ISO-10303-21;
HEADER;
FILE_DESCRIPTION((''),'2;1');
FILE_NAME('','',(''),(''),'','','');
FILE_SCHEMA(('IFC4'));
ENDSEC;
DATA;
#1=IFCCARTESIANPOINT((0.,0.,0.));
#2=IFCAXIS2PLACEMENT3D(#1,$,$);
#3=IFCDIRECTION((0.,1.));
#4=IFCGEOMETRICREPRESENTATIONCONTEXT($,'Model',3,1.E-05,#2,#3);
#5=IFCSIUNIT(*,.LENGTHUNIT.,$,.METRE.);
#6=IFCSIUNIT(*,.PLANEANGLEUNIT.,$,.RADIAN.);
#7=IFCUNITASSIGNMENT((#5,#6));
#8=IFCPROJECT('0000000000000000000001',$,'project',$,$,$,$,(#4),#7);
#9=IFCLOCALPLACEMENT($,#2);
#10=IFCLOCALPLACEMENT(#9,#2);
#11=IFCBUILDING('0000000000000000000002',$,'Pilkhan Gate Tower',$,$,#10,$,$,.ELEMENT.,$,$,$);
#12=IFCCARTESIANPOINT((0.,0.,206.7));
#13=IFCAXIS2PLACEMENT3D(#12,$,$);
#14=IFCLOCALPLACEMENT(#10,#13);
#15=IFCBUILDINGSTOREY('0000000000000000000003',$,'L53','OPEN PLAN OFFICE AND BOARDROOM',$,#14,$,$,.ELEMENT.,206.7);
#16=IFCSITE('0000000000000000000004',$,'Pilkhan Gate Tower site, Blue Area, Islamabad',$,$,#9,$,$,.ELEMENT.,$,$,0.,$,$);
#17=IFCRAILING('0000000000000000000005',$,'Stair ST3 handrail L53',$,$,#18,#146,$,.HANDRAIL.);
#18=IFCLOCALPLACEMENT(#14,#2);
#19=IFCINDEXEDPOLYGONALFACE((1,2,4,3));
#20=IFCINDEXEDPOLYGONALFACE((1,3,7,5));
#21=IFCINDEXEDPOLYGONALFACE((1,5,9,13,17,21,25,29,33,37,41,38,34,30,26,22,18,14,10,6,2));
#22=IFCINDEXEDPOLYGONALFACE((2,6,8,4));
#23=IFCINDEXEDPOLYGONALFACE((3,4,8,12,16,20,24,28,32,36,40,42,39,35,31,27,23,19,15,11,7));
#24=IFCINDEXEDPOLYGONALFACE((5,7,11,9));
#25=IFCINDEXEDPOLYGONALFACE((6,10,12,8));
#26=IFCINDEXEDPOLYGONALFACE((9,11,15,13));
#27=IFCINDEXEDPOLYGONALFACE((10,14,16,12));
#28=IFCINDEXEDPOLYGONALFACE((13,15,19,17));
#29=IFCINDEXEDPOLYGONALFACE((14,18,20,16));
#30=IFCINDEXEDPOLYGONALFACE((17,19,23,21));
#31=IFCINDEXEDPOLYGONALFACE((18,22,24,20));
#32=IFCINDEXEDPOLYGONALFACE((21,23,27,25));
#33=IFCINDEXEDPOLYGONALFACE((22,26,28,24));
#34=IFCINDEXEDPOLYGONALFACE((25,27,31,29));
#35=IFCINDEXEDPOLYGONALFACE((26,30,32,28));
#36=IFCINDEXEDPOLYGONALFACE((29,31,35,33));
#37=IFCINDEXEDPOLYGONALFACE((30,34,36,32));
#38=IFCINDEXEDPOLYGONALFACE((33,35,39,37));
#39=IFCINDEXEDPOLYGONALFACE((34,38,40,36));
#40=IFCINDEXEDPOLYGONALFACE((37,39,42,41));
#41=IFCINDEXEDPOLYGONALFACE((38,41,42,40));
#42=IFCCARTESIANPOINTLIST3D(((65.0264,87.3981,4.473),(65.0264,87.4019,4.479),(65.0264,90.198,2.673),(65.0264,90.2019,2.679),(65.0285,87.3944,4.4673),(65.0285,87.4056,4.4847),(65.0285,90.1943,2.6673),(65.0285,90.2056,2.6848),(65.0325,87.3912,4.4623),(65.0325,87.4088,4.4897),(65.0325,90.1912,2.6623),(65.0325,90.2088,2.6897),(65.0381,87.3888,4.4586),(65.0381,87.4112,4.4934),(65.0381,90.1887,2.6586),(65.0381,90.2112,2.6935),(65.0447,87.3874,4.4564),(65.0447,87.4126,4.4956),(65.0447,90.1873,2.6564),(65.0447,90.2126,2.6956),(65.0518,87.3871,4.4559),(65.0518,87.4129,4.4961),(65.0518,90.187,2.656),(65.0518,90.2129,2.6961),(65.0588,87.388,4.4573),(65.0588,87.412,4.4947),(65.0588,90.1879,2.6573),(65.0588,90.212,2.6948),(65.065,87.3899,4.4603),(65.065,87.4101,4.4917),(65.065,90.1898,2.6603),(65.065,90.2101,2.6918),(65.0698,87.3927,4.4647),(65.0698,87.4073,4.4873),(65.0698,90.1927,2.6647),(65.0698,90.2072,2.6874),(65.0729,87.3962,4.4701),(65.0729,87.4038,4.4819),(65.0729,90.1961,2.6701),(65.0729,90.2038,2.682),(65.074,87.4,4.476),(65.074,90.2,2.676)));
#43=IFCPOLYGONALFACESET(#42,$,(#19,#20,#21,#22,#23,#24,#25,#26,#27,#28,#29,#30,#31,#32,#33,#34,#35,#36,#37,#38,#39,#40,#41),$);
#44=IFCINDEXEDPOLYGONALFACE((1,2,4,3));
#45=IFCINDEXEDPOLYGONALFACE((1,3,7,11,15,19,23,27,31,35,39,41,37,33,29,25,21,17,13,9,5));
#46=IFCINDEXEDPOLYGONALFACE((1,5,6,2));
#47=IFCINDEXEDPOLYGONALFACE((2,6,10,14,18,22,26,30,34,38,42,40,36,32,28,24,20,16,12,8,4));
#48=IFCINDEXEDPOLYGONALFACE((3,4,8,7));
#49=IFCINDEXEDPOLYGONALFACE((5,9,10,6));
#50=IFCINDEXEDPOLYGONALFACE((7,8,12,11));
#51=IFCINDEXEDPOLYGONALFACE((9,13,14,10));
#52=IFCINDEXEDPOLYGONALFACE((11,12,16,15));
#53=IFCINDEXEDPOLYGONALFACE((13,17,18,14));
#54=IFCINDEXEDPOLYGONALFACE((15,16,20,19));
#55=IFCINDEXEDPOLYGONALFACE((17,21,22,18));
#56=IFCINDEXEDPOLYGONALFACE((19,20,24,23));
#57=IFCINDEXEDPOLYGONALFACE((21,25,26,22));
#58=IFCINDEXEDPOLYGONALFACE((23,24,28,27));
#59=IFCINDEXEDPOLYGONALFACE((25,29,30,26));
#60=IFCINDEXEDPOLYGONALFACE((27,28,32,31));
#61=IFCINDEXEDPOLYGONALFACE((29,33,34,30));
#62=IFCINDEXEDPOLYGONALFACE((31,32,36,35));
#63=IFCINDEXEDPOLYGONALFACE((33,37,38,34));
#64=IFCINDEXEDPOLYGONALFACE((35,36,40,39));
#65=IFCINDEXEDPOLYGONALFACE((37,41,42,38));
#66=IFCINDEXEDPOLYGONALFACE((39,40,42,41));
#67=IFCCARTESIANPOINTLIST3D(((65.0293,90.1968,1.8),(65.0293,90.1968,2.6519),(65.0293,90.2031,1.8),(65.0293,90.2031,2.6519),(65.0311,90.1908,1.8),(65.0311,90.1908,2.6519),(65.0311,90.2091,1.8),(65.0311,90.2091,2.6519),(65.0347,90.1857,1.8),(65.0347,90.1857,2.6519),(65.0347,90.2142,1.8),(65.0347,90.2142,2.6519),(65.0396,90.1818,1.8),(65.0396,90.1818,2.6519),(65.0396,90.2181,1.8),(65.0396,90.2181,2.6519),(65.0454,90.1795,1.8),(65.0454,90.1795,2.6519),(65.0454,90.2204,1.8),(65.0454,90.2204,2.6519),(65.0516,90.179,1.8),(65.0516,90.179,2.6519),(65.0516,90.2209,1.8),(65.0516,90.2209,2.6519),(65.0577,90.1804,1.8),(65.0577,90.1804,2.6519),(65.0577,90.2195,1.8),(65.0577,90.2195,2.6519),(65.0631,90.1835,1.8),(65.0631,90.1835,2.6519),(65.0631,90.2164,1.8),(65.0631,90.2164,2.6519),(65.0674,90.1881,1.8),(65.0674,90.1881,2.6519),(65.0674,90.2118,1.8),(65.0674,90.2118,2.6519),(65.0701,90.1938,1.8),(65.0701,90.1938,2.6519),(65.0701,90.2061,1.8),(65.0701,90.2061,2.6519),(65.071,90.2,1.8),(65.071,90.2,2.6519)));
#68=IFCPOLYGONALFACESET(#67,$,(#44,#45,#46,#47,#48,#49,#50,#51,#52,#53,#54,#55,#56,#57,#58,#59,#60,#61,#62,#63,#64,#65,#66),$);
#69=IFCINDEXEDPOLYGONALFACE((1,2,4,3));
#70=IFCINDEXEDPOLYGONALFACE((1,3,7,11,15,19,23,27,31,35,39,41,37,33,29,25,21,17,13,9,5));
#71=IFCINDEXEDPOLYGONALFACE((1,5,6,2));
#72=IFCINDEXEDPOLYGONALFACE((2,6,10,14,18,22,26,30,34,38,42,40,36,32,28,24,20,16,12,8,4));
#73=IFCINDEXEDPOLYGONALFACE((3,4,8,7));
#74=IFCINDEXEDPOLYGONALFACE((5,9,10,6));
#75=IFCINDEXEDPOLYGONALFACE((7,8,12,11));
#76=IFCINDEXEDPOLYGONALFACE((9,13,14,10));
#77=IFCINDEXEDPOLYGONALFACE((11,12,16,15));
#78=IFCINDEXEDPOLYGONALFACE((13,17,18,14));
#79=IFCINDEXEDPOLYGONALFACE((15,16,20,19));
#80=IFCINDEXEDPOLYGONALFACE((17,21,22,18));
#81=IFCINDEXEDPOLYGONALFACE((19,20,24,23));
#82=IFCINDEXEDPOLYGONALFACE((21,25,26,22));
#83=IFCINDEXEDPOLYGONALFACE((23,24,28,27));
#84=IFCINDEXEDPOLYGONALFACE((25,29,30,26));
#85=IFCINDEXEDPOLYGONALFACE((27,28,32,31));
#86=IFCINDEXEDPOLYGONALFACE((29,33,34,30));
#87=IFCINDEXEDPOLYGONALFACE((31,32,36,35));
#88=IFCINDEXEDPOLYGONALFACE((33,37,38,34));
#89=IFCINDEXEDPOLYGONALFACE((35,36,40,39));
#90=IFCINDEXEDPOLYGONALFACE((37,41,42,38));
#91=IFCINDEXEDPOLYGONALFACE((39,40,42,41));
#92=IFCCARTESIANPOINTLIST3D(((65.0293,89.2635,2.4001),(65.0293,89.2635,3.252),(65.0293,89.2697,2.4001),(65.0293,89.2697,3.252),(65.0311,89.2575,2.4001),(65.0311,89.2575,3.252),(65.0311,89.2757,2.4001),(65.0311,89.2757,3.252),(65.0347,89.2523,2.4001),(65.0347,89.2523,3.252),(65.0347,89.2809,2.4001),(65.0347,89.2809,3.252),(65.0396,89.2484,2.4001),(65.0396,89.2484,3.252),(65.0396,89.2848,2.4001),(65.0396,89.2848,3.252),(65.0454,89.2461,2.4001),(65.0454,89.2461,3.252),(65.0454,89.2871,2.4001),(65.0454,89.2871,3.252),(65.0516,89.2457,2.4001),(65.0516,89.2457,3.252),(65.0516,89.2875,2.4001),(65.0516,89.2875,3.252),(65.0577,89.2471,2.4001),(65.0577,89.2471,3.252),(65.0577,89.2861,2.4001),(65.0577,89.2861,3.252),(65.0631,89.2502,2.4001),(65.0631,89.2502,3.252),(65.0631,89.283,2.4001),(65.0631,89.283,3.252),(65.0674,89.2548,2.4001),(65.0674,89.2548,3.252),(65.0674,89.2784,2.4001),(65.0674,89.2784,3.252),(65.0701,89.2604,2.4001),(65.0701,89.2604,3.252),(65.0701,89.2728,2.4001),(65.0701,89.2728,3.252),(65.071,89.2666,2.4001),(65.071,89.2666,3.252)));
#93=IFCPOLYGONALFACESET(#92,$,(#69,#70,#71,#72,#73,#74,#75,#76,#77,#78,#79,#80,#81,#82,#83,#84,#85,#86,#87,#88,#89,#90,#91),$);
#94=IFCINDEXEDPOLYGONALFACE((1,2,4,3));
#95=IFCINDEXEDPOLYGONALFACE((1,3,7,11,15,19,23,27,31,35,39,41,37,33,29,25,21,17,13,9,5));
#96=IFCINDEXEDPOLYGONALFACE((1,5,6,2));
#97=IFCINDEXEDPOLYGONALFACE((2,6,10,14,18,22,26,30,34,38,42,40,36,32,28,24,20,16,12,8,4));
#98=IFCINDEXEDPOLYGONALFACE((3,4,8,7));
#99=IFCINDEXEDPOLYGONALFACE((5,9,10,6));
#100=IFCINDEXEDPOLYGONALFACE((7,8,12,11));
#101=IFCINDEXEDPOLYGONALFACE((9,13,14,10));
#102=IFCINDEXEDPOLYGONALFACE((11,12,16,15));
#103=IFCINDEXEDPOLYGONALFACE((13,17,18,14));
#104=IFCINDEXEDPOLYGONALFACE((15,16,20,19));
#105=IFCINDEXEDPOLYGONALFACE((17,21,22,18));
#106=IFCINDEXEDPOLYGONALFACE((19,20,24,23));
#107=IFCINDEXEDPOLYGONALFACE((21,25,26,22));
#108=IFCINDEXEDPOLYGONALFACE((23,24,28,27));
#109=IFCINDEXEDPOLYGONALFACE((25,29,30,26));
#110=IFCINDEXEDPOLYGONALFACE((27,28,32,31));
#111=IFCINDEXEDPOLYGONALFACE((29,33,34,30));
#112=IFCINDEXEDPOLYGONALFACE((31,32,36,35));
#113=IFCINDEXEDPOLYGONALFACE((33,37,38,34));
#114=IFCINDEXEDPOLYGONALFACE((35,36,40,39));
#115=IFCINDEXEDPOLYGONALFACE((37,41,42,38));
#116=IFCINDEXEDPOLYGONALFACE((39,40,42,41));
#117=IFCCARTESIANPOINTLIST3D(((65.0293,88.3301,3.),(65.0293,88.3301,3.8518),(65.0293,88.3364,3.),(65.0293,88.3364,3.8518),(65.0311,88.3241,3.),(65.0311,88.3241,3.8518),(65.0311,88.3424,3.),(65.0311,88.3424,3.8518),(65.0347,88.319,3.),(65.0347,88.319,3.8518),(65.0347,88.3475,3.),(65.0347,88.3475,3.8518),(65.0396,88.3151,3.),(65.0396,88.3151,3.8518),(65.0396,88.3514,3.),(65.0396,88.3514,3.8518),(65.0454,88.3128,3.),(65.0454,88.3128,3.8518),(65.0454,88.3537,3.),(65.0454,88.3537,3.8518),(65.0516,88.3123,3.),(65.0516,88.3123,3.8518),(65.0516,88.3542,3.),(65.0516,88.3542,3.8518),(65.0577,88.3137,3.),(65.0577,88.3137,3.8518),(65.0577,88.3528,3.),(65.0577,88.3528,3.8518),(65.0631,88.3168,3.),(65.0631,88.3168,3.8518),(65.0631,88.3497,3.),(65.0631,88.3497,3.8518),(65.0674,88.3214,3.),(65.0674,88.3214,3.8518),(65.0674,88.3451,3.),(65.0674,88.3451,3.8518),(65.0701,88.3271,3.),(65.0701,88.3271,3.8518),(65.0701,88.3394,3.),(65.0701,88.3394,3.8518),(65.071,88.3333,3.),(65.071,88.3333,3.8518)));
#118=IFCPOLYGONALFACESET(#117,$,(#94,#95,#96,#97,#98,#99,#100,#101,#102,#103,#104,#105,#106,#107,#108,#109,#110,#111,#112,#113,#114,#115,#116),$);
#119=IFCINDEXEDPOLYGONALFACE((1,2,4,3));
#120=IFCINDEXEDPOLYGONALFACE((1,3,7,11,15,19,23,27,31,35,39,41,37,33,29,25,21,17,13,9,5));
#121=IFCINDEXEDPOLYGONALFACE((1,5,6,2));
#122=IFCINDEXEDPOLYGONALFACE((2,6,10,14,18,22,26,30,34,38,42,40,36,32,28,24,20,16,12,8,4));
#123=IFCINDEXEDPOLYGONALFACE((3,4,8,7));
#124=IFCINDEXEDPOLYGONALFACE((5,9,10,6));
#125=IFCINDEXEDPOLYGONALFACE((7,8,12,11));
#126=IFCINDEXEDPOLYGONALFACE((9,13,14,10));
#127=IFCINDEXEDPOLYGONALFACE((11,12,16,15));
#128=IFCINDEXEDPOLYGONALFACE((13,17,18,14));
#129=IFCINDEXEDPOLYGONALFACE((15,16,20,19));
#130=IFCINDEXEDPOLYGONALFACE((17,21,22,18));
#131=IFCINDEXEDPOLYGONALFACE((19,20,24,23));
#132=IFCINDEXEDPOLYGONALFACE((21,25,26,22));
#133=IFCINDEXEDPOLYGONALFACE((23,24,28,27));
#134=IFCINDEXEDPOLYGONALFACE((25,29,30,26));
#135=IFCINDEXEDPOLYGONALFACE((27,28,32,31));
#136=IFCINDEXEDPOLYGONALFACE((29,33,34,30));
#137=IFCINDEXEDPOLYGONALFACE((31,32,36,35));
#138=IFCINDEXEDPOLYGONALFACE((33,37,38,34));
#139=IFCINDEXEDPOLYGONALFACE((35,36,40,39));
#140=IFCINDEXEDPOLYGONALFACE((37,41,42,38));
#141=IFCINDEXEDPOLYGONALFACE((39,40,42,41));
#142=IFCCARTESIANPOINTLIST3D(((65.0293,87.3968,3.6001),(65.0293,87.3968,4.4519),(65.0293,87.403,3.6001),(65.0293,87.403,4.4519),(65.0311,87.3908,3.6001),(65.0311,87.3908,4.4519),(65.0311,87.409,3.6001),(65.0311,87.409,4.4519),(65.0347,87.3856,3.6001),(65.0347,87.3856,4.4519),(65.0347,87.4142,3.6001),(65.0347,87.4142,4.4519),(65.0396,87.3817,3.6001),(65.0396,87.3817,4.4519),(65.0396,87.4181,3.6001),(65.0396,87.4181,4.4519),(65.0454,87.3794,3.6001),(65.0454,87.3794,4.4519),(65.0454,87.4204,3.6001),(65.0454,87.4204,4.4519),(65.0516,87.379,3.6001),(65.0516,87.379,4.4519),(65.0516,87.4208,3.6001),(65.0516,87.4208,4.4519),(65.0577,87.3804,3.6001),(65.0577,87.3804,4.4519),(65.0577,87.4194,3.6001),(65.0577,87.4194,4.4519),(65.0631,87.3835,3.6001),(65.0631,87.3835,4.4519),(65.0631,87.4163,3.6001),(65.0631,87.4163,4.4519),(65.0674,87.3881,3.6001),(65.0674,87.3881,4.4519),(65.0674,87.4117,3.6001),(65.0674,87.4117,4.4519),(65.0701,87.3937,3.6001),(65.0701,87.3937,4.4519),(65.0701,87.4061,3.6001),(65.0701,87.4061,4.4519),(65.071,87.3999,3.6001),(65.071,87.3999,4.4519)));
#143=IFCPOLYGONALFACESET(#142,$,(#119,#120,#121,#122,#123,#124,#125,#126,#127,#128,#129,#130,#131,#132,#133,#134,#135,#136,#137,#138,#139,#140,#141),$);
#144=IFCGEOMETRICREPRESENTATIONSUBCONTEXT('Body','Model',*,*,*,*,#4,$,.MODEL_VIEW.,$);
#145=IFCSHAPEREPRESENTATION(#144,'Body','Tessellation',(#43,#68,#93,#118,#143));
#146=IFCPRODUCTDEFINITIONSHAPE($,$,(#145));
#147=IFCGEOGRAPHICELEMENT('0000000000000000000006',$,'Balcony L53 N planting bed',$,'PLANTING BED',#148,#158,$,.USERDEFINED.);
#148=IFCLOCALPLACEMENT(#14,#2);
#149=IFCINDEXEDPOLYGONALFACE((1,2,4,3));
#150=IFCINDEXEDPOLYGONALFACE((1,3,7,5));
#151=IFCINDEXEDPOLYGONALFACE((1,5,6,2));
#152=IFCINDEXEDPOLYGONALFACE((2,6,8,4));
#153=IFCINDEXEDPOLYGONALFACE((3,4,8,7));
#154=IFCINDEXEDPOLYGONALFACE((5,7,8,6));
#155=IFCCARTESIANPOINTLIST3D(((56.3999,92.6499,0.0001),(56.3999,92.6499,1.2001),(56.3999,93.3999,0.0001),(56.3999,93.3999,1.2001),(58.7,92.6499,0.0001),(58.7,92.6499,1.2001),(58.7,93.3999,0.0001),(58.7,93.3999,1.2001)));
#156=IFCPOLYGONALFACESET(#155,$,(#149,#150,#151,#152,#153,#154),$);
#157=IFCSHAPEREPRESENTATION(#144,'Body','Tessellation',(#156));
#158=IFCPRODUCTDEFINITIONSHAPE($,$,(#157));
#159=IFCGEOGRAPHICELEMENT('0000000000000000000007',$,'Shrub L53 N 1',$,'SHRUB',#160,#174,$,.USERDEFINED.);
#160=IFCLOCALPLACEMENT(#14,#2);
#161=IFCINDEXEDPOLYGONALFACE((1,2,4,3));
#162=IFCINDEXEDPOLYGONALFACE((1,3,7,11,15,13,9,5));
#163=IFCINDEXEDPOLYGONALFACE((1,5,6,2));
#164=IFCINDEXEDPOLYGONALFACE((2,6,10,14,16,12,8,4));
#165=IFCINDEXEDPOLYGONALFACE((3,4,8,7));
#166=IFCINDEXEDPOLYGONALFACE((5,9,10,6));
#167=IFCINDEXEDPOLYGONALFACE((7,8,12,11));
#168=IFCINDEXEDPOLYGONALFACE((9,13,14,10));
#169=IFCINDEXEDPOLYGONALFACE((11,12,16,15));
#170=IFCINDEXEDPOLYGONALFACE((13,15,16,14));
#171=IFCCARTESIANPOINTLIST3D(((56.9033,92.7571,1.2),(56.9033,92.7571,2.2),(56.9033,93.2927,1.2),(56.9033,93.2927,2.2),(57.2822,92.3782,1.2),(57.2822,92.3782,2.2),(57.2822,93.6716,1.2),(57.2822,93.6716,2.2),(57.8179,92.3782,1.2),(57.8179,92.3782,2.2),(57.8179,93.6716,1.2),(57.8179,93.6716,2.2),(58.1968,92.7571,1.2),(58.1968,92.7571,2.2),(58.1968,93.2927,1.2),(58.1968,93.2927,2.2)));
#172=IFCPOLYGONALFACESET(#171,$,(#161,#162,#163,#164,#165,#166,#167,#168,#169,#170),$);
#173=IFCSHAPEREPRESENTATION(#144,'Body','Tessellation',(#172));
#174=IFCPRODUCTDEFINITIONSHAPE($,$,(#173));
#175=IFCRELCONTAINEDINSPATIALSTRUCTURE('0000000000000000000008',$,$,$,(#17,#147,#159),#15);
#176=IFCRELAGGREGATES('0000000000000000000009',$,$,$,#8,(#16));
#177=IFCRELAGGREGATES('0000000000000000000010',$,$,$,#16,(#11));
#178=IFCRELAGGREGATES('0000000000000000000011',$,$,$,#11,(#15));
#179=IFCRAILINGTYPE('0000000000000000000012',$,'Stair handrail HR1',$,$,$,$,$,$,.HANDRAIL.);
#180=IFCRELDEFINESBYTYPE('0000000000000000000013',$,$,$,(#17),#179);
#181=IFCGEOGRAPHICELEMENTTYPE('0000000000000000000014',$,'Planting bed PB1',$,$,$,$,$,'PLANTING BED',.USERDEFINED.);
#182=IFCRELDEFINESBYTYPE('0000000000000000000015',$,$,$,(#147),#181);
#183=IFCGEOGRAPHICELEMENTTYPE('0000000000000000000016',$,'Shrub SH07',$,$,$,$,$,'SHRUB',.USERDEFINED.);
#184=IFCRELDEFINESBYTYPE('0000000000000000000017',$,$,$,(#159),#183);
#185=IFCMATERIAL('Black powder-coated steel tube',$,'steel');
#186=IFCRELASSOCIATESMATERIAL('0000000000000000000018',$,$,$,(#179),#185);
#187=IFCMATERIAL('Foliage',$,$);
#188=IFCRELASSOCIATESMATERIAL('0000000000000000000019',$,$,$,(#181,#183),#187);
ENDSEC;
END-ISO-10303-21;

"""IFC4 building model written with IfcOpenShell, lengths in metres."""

from ifc_helpers import new_model, si_unit, direction, frame, origin, origin_2d, place, context, subcontext, project, spatial, polyline, rectangle, circle, outline, extrude, material, material_profile, profile_set, type_object, element, save


model = new_model("IFC4")

# Units and contexts
model_context = context("Model", 3, precision=1e-05, world=origin(), true_north=direction((0.0, 1.0)))
body_context = subcontext(model_context, "Body", "Model", "MODEL_VIEW")
ifc_project = project(units=[si_unit("LENGTHUNIT", "METRE"), si_unit("PLANEANGLEUNIT", "RADIAN")], contexts=[model_context])

# Site, building, storey
site_placement = place(None, origin())
site = spatial("IfcSite", under=ifc_project, at=site_placement, Name="Pilkhan Gate Tower site, Blue Area, Islamabad", CompositionType="ELEMENT", RefElevation=0.0)
building_placement = place(site_placement, origin())
building = spatial("IfcBuilding", under=site, at=building_placement, Name="Pilkhan Gate Tower", CompositionType="ELEMENT")
storey_placement = place(building_placement, frame((0.0, 0.0, 206.7)))
storey = spatial("IfcBuildingStorey", under=building, at=storey_placement, Name="L53", Description="OPEN PLAN OFFICE AND BOARDROOM", CompositionType="ELEMENT", Elevation=206.7)

# Railing
ifc_material_1 = material(Name="Black powder-coated steel tube", Category="steel")
railing_type_1 = type_object("IfcRailingType", Name="Stair handrail HR1", PredefinedType="HANDRAIL", material=ifc_material_1)
railing_1_placement = place(storey_placement, frame((65.05, 90.2, 1.8)))
element("IfcRailing", 1, at=railing_1_placement, inside=storey, type_object=railing_type_1, Name="Stair ST3 handrail L53", PredefinedType="HANDRAIL", context=body_context, shape_type="SweptSolid", body=[
    extrude(circle(Radius=0.0239, at=origin_2d()), frame((0.0, 0.0, 0.876), z_axis=(0.0, -0.841176, 0.540761), x_axis=(1.0, 0.0, 0.0)), (0.0, 0.0, 1.0), 3.3286),
    extrude(circle(Radius=0.021, at=origin_2d()), origin(), (0.0, 0.0, 1.0), 0.8518),
    extrude(circle(Radius=0.021, at=origin_2d()), frame((0.0, -0.9333, 0.6001)), (0.0, 0.0, 1.0), 0.8518),
    extrude(circle(Radius=0.021, at=origin_2d()), frame((0.0, -1.8667, 1.2)), (0.0, 0.0, 1.0), 0.8518),
    extrude(circle(Radius=0.021, at=origin_2d()), frame((0.0, -2.8, 1.8)), (0.0, 0.0, 1.0), 0.8518),
])

# Geographic elements
ifc_material_2 = material(Name="Foliage")
ifc_material_profile_1 = material_profile(ifc_material_2, rectangle(XDim=0.75, YDim=1.2, at=origin_2d()), Name="Bed 750x1200")
ifc_profile_set_1 = profile_set([ifc_material_profile_1], Name="Foliage")
geographic_element_type_1 = type_object("IfcGeographicElementType", Name="Planting bed PB1", ElementType="PLANTING BED", PredefinedType="USERDEFINED", material=ifc_profile_set_1)
geographic_element_1_placement = place(storey_placement, frame((56.3999, 93.0249, 0.6001), z_axis=(1.0, 0.0, 0.0), x_axis=(0.0, 1.0, 0.0)))
element("IfcGeographicElement", 2, at=geographic_element_1_placement, inside=storey, type_object=geographic_element_type_1, Name="Balcony L53 N planting bed", ObjectType="PLANTING BED", PredefinedType="USERDEFINED", context=body_context, shape_type="SweptSolid", body=[
    extrude(rectangle(XDim=0.75, YDim=1.2, at=origin_2d()), origin(), (0.0, 0.0, 1.0), 2.3),
])
ifc_material_profile_2 = material_profile(ifc_material_2, outline(polyline([(0.6467, 0.2678), (0.2678, 0.6467), (-0.2678, 0.6467), (-0.6467, 0.2678), (-0.6467, -0.2678), (-0.2678, -0.6467), (0.2678, -0.6467), (0.6467, -0.2678), (0.6467, 0.2678)])), Name="Shrub D1.4")
ifc_profile_set_2 = profile_set([ifc_material_profile_2], Name="Foliage")
geographic_element_type_2 = type_object("IfcGeographicElementType", Name="Shrub SH07", ElementType="SHRUB", PredefinedType="USERDEFINED", material=ifc_profile_set_2)
geographic_element_2_placement = place(storey_placement, frame((57.55, 93.0249, 1.2), z_axis=(0.0, 0.0, 1.0), x_axis=(1.0, 0.0, 0.0)))
element("IfcGeographicElement", 3, at=geographic_element_2_placement, inside=storey, type_object=geographic_element_type_2, Name="Shrub L53 N 1", ObjectType="SHRUB", PredefinedType="USERDEFINED", context=body_context, shape_type="SweptSolid", body=[
    extrude(outline(polyline([(0.6467, 0.2678), (0.2678, 0.6467), (-0.2678, 0.6467), (-0.6467, 0.2678), (-0.6467, -0.2678), (-0.2678, -0.6467), (0.2678, -0.6467), (0.6467, -0.2678), (0.6467, 0.2678)])), origin(), (0.0, 0.0, 1.0), 1.0),
])

save(model, "model.ifc")
